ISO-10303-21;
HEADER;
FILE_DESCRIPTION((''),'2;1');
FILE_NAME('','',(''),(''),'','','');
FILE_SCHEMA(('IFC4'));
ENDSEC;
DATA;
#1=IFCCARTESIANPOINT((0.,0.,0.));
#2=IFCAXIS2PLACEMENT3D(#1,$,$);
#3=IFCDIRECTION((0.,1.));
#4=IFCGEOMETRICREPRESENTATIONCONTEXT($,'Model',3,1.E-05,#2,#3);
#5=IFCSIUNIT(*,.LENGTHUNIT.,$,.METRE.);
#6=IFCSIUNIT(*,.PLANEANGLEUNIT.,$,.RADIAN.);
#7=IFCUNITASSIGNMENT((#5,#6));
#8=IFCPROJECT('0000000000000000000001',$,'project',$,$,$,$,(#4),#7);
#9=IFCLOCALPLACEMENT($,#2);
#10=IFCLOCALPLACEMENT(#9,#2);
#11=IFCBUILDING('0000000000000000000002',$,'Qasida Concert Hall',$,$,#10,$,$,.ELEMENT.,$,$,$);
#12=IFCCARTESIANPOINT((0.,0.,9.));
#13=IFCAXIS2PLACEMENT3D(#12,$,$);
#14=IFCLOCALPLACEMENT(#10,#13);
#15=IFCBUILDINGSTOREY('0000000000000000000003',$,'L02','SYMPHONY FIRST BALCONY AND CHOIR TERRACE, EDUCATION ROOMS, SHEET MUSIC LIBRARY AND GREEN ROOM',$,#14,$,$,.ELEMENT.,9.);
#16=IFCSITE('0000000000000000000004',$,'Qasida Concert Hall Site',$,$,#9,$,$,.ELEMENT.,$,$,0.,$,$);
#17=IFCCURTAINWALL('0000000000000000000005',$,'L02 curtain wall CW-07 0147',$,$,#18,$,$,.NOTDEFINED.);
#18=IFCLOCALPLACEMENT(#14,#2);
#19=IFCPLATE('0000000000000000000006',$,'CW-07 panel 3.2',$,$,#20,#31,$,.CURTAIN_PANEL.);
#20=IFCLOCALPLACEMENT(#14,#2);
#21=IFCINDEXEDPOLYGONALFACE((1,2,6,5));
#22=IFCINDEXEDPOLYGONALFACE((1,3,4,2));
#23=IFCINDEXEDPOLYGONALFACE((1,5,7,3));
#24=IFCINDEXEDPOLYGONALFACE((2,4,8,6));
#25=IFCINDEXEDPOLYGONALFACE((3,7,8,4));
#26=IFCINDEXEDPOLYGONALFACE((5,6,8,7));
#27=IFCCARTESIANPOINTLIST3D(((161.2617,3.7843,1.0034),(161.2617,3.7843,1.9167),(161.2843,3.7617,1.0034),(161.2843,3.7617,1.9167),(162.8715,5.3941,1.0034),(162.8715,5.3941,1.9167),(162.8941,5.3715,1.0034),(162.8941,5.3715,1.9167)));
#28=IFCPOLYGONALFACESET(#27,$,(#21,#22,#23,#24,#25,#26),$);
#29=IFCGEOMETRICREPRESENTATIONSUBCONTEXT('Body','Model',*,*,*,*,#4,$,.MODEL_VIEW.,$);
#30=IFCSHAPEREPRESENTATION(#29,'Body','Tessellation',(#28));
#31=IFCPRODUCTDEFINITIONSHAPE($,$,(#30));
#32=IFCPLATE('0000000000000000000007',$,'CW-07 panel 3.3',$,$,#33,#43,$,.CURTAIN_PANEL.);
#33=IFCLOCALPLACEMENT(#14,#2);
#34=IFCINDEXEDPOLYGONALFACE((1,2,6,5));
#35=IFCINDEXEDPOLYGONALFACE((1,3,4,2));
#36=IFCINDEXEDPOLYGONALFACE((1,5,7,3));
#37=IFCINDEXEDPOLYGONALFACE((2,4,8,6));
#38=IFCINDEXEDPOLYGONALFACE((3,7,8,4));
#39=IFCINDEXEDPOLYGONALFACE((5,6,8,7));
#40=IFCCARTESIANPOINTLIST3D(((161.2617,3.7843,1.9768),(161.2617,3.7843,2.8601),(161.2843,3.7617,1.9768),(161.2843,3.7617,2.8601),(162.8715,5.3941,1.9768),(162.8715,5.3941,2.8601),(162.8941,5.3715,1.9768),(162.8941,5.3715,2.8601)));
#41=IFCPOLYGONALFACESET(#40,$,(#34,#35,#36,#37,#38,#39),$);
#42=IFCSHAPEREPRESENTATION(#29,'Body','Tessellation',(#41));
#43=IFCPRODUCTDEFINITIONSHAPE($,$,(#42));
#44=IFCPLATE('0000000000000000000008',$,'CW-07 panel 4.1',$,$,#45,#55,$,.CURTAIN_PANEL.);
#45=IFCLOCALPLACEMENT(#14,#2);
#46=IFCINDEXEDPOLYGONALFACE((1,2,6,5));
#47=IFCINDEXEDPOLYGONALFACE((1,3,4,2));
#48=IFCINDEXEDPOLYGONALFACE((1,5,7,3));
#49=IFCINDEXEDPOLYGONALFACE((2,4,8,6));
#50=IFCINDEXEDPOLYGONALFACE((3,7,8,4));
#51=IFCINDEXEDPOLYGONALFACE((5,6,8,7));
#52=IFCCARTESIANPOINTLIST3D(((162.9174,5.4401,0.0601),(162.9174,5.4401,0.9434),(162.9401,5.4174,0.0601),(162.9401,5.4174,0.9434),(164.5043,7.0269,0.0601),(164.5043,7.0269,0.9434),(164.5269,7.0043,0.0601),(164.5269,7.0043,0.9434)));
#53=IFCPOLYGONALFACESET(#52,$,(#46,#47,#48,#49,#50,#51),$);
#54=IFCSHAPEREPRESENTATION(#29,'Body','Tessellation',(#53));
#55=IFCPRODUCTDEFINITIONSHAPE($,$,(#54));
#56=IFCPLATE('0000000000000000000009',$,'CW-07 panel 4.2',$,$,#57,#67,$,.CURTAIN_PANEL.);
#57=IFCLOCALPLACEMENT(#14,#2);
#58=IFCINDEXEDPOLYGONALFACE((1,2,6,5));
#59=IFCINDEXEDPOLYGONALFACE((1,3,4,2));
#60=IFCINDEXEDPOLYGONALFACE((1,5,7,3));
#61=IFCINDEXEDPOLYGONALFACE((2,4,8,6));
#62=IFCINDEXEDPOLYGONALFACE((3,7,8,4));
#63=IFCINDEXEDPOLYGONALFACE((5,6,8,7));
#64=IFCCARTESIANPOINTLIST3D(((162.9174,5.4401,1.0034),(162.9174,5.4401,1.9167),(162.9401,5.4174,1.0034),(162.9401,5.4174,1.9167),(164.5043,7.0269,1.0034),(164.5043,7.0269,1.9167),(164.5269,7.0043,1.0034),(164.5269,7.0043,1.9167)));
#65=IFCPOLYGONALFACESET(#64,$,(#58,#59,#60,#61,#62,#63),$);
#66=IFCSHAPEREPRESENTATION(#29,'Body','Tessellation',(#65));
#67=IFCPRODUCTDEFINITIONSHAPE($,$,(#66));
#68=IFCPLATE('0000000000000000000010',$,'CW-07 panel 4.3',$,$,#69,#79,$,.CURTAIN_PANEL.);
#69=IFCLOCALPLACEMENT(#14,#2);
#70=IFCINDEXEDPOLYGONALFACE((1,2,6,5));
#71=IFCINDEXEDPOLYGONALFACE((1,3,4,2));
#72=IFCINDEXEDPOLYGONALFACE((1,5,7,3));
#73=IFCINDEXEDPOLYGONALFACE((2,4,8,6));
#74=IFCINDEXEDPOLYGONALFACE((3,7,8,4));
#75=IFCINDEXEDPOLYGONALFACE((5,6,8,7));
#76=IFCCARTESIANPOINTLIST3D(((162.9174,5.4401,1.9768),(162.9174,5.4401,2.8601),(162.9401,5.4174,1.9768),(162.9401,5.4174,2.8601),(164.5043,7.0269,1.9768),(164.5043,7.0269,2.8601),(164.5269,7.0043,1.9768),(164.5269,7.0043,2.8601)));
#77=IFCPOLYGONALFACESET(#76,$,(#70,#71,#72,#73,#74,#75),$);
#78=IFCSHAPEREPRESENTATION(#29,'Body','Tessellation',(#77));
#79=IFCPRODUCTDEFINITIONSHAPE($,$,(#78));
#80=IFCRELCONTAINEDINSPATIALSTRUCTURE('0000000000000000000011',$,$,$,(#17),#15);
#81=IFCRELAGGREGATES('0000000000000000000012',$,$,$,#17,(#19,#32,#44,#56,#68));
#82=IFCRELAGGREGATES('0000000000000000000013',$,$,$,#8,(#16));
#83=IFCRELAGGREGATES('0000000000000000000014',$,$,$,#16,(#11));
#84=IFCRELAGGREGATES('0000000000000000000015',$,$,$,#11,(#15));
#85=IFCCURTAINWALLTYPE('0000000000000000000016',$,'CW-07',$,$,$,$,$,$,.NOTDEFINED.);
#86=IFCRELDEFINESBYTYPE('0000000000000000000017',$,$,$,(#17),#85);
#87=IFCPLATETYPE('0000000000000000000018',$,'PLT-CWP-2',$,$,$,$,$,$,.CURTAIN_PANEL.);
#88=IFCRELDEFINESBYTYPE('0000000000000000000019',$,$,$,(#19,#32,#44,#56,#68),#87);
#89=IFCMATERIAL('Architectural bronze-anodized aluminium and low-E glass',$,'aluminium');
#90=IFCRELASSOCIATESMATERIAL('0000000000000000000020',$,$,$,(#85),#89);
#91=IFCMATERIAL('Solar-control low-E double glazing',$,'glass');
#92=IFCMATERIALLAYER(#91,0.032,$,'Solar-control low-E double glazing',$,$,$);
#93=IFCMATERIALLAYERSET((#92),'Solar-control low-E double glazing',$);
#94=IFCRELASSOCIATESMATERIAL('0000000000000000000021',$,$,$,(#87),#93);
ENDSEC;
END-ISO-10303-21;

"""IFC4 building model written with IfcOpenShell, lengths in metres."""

from ifc_helpers import new_model, si_unit, direction, frame, origin, origin_2d, place, context, subcontext, project, spatial, rectangle, extrude, material, layer, layer_set, type_object, element, aggregate, save


model = new_model("IFC4")

# Units and contexts
model_context = context("Model", 3, precision=1e-05, world=origin(), true_north=direction((0.0, 1.0)))
body_context = subcontext(model_context, "Body", "Model", "MODEL_VIEW")
ifc_project = project(units=[si_unit("LENGTHUNIT", "METRE"), si_unit("PLANEANGLEUNIT", "RADIAN")], contexts=[model_context])

# Site, building, storey
site_placement = place(None, origin())
site = spatial("IfcSite", under=ifc_project, at=site_placement, Name="Qasida Concert Hall Site", CompositionType="ELEMENT", RefElevation=0.0)
building_placement = place(site_placement, origin())
building = spatial("IfcBuilding", under=site, at=building_placement, Name="Qasida Concert Hall", CompositionType="ELEMENT")
storey_placement = place(building_placement, frame((0.0, 0.0, 9.0)))
storey = spatial("IfcBuildingStorey", under=building, at=storey_placement, Name="L02", Description="SYMPHONY FIRST BALCONY AND CHOIR TERRACE, EDUCATION ROOMS, SHEET MUSIC LIBRARY AND GREEN ROOM", CompositionType="ELEMENT", Elevation=9.0)

# Curtain wall, plates
ifc_material_1 = material(Name="Architectural bronze-anodized aluminium and low-E glass", Category="aluminium")
curtain_wall_type = type_object("IfcCurtainWallType", Name="CW-07", PredefinedType="NOTDEFINED", material=ifc_material_1)
curtain_wall_placement = place(storey_placement, origin())
curtain_wall = element("IfcCurtainWall", 1, at=curtain_wall_placement, inside=storey, type_object=curtain_wall_type, Name="L02 curtain wall CW-07 0147", PredefinedType="NOTDEFINED")
ifc_material_2 = material(Name="Solar-control low-E double glazing", Category="glass")
ifc_layer = layer(ifc_material_2, 0.032, Name="Solar-control low-E double glazing")
ifc_layer_set = layer_set([ifc_layer], Name="Solar-control low-E double glazing")
plate_type = type_object("IfcPlateType", Name="PLT-CWP-2", PredefinedType="CURTAIN_PANEL", material=ifc_layer_set)
plate_1_placement = place(storey_placement, frame((162.0779, 4.5779, 1.0034), z_axis=(0.0, 0.0, 1.0), x_axis=(0.707107, 0.707107, 0.0)))
plate_1 = element("IfcPlate", 2, at=plate_1_placement, type_object=plate_type, Name="CW-07 panel 3.2", PredefinedType="CURTAIN_PANEL", context=body_context, shape_type="SweptSolid", body=[
    extrude(rectangle(XDim=2.2766, YDim=0.032, at=origin_2d()), origin(), (0.0, 0.0, 1.0), 0.9133),
])
plate_2_placement = place(storey_placement, frame((162.0779, 4.5779, 1.9768), z_axis=(0.0, 0.0, 1.0), x_axis=(0.707107, 0.707107, 0.0)))
plate_2 = element("IfcPlate", 3, at=plate_2_placement, type_object=plate_type, Name="CW-07 panel 3.3", PredefinedType="CURTAIN_PANEL", context=body_context, shape_type="SweptSolid", body=[
    extrude(rectangle(XDim=2.2766, YDim=0.032, at=origin_2d()), origin(), (0.0, 0.0, 1.0), 0.8833),
])
plate_3_placement = place(storey_placement, frame((163.7222, 6.2222, 0.0601), z_axis=(0.0, 0.0, 1.0), x_axis=(0.707107, 0.707107, 0.0)))
plate_3 = element("IfcPlate", 4, at=plate_3_placement, type_object=plate_type, Name="CW-07 panel 4.1", PredefinedType="CURTAIN_PANEL", context=body_context, shape_type="SweptSolid", body=[
    extrude(rectangle(XDim=2.2441, YDim=0.032, at=origin_2d()), origin(), (0.0, 0.0, 1.0), 0.8833),
])
plate_4_placement = place(storey_placement, frame((163.7222, 6.2222, 1.0034), z_axis=(0.0, 0.0, 1.0), x_axis=(0.707107, 0.707107, 0.0)))
plate_4 = element("IfcPlate", 5, at=plate_4_placement, type_object=plate_type, Name="CW-07 panel 4.2", PredefinedType="CURTAIN_PANEL", context=body_context, shape_type="SweptSolid", body=[
    extrude(rectangle(XDim=2.2441, YDim=0.032, at=origin_2d()), origin(), (0.0, 0.0, 1.0), 0.9133),
])
plate_5_placement = place(storey_placement, frame((163.7222, 6.2222, 1.9768), z_axis=(0.0, 0.0, 1.0), x_axis=(0.707107, 0.707107, 0.0)))
plate_5 = element("IfcPlate", 6, at=plate_5_placement, type_object=plate_type, Name="CW-07 panel 4.3", PredefinedType="CURTAIN_PANEL", context=body_context, shape_type="SweptSolid", body=[
    extrude(rectangle(XDim=2.2441, YDim=0.032, at=origin_2d()), origin(), (0.0, 0.0, 1.0), 0.8833),
])
aggregate(curtain_wall, [plate_1, plate_2, plate_3, plate_4, plate_5])

save(model, "model.ifc")
